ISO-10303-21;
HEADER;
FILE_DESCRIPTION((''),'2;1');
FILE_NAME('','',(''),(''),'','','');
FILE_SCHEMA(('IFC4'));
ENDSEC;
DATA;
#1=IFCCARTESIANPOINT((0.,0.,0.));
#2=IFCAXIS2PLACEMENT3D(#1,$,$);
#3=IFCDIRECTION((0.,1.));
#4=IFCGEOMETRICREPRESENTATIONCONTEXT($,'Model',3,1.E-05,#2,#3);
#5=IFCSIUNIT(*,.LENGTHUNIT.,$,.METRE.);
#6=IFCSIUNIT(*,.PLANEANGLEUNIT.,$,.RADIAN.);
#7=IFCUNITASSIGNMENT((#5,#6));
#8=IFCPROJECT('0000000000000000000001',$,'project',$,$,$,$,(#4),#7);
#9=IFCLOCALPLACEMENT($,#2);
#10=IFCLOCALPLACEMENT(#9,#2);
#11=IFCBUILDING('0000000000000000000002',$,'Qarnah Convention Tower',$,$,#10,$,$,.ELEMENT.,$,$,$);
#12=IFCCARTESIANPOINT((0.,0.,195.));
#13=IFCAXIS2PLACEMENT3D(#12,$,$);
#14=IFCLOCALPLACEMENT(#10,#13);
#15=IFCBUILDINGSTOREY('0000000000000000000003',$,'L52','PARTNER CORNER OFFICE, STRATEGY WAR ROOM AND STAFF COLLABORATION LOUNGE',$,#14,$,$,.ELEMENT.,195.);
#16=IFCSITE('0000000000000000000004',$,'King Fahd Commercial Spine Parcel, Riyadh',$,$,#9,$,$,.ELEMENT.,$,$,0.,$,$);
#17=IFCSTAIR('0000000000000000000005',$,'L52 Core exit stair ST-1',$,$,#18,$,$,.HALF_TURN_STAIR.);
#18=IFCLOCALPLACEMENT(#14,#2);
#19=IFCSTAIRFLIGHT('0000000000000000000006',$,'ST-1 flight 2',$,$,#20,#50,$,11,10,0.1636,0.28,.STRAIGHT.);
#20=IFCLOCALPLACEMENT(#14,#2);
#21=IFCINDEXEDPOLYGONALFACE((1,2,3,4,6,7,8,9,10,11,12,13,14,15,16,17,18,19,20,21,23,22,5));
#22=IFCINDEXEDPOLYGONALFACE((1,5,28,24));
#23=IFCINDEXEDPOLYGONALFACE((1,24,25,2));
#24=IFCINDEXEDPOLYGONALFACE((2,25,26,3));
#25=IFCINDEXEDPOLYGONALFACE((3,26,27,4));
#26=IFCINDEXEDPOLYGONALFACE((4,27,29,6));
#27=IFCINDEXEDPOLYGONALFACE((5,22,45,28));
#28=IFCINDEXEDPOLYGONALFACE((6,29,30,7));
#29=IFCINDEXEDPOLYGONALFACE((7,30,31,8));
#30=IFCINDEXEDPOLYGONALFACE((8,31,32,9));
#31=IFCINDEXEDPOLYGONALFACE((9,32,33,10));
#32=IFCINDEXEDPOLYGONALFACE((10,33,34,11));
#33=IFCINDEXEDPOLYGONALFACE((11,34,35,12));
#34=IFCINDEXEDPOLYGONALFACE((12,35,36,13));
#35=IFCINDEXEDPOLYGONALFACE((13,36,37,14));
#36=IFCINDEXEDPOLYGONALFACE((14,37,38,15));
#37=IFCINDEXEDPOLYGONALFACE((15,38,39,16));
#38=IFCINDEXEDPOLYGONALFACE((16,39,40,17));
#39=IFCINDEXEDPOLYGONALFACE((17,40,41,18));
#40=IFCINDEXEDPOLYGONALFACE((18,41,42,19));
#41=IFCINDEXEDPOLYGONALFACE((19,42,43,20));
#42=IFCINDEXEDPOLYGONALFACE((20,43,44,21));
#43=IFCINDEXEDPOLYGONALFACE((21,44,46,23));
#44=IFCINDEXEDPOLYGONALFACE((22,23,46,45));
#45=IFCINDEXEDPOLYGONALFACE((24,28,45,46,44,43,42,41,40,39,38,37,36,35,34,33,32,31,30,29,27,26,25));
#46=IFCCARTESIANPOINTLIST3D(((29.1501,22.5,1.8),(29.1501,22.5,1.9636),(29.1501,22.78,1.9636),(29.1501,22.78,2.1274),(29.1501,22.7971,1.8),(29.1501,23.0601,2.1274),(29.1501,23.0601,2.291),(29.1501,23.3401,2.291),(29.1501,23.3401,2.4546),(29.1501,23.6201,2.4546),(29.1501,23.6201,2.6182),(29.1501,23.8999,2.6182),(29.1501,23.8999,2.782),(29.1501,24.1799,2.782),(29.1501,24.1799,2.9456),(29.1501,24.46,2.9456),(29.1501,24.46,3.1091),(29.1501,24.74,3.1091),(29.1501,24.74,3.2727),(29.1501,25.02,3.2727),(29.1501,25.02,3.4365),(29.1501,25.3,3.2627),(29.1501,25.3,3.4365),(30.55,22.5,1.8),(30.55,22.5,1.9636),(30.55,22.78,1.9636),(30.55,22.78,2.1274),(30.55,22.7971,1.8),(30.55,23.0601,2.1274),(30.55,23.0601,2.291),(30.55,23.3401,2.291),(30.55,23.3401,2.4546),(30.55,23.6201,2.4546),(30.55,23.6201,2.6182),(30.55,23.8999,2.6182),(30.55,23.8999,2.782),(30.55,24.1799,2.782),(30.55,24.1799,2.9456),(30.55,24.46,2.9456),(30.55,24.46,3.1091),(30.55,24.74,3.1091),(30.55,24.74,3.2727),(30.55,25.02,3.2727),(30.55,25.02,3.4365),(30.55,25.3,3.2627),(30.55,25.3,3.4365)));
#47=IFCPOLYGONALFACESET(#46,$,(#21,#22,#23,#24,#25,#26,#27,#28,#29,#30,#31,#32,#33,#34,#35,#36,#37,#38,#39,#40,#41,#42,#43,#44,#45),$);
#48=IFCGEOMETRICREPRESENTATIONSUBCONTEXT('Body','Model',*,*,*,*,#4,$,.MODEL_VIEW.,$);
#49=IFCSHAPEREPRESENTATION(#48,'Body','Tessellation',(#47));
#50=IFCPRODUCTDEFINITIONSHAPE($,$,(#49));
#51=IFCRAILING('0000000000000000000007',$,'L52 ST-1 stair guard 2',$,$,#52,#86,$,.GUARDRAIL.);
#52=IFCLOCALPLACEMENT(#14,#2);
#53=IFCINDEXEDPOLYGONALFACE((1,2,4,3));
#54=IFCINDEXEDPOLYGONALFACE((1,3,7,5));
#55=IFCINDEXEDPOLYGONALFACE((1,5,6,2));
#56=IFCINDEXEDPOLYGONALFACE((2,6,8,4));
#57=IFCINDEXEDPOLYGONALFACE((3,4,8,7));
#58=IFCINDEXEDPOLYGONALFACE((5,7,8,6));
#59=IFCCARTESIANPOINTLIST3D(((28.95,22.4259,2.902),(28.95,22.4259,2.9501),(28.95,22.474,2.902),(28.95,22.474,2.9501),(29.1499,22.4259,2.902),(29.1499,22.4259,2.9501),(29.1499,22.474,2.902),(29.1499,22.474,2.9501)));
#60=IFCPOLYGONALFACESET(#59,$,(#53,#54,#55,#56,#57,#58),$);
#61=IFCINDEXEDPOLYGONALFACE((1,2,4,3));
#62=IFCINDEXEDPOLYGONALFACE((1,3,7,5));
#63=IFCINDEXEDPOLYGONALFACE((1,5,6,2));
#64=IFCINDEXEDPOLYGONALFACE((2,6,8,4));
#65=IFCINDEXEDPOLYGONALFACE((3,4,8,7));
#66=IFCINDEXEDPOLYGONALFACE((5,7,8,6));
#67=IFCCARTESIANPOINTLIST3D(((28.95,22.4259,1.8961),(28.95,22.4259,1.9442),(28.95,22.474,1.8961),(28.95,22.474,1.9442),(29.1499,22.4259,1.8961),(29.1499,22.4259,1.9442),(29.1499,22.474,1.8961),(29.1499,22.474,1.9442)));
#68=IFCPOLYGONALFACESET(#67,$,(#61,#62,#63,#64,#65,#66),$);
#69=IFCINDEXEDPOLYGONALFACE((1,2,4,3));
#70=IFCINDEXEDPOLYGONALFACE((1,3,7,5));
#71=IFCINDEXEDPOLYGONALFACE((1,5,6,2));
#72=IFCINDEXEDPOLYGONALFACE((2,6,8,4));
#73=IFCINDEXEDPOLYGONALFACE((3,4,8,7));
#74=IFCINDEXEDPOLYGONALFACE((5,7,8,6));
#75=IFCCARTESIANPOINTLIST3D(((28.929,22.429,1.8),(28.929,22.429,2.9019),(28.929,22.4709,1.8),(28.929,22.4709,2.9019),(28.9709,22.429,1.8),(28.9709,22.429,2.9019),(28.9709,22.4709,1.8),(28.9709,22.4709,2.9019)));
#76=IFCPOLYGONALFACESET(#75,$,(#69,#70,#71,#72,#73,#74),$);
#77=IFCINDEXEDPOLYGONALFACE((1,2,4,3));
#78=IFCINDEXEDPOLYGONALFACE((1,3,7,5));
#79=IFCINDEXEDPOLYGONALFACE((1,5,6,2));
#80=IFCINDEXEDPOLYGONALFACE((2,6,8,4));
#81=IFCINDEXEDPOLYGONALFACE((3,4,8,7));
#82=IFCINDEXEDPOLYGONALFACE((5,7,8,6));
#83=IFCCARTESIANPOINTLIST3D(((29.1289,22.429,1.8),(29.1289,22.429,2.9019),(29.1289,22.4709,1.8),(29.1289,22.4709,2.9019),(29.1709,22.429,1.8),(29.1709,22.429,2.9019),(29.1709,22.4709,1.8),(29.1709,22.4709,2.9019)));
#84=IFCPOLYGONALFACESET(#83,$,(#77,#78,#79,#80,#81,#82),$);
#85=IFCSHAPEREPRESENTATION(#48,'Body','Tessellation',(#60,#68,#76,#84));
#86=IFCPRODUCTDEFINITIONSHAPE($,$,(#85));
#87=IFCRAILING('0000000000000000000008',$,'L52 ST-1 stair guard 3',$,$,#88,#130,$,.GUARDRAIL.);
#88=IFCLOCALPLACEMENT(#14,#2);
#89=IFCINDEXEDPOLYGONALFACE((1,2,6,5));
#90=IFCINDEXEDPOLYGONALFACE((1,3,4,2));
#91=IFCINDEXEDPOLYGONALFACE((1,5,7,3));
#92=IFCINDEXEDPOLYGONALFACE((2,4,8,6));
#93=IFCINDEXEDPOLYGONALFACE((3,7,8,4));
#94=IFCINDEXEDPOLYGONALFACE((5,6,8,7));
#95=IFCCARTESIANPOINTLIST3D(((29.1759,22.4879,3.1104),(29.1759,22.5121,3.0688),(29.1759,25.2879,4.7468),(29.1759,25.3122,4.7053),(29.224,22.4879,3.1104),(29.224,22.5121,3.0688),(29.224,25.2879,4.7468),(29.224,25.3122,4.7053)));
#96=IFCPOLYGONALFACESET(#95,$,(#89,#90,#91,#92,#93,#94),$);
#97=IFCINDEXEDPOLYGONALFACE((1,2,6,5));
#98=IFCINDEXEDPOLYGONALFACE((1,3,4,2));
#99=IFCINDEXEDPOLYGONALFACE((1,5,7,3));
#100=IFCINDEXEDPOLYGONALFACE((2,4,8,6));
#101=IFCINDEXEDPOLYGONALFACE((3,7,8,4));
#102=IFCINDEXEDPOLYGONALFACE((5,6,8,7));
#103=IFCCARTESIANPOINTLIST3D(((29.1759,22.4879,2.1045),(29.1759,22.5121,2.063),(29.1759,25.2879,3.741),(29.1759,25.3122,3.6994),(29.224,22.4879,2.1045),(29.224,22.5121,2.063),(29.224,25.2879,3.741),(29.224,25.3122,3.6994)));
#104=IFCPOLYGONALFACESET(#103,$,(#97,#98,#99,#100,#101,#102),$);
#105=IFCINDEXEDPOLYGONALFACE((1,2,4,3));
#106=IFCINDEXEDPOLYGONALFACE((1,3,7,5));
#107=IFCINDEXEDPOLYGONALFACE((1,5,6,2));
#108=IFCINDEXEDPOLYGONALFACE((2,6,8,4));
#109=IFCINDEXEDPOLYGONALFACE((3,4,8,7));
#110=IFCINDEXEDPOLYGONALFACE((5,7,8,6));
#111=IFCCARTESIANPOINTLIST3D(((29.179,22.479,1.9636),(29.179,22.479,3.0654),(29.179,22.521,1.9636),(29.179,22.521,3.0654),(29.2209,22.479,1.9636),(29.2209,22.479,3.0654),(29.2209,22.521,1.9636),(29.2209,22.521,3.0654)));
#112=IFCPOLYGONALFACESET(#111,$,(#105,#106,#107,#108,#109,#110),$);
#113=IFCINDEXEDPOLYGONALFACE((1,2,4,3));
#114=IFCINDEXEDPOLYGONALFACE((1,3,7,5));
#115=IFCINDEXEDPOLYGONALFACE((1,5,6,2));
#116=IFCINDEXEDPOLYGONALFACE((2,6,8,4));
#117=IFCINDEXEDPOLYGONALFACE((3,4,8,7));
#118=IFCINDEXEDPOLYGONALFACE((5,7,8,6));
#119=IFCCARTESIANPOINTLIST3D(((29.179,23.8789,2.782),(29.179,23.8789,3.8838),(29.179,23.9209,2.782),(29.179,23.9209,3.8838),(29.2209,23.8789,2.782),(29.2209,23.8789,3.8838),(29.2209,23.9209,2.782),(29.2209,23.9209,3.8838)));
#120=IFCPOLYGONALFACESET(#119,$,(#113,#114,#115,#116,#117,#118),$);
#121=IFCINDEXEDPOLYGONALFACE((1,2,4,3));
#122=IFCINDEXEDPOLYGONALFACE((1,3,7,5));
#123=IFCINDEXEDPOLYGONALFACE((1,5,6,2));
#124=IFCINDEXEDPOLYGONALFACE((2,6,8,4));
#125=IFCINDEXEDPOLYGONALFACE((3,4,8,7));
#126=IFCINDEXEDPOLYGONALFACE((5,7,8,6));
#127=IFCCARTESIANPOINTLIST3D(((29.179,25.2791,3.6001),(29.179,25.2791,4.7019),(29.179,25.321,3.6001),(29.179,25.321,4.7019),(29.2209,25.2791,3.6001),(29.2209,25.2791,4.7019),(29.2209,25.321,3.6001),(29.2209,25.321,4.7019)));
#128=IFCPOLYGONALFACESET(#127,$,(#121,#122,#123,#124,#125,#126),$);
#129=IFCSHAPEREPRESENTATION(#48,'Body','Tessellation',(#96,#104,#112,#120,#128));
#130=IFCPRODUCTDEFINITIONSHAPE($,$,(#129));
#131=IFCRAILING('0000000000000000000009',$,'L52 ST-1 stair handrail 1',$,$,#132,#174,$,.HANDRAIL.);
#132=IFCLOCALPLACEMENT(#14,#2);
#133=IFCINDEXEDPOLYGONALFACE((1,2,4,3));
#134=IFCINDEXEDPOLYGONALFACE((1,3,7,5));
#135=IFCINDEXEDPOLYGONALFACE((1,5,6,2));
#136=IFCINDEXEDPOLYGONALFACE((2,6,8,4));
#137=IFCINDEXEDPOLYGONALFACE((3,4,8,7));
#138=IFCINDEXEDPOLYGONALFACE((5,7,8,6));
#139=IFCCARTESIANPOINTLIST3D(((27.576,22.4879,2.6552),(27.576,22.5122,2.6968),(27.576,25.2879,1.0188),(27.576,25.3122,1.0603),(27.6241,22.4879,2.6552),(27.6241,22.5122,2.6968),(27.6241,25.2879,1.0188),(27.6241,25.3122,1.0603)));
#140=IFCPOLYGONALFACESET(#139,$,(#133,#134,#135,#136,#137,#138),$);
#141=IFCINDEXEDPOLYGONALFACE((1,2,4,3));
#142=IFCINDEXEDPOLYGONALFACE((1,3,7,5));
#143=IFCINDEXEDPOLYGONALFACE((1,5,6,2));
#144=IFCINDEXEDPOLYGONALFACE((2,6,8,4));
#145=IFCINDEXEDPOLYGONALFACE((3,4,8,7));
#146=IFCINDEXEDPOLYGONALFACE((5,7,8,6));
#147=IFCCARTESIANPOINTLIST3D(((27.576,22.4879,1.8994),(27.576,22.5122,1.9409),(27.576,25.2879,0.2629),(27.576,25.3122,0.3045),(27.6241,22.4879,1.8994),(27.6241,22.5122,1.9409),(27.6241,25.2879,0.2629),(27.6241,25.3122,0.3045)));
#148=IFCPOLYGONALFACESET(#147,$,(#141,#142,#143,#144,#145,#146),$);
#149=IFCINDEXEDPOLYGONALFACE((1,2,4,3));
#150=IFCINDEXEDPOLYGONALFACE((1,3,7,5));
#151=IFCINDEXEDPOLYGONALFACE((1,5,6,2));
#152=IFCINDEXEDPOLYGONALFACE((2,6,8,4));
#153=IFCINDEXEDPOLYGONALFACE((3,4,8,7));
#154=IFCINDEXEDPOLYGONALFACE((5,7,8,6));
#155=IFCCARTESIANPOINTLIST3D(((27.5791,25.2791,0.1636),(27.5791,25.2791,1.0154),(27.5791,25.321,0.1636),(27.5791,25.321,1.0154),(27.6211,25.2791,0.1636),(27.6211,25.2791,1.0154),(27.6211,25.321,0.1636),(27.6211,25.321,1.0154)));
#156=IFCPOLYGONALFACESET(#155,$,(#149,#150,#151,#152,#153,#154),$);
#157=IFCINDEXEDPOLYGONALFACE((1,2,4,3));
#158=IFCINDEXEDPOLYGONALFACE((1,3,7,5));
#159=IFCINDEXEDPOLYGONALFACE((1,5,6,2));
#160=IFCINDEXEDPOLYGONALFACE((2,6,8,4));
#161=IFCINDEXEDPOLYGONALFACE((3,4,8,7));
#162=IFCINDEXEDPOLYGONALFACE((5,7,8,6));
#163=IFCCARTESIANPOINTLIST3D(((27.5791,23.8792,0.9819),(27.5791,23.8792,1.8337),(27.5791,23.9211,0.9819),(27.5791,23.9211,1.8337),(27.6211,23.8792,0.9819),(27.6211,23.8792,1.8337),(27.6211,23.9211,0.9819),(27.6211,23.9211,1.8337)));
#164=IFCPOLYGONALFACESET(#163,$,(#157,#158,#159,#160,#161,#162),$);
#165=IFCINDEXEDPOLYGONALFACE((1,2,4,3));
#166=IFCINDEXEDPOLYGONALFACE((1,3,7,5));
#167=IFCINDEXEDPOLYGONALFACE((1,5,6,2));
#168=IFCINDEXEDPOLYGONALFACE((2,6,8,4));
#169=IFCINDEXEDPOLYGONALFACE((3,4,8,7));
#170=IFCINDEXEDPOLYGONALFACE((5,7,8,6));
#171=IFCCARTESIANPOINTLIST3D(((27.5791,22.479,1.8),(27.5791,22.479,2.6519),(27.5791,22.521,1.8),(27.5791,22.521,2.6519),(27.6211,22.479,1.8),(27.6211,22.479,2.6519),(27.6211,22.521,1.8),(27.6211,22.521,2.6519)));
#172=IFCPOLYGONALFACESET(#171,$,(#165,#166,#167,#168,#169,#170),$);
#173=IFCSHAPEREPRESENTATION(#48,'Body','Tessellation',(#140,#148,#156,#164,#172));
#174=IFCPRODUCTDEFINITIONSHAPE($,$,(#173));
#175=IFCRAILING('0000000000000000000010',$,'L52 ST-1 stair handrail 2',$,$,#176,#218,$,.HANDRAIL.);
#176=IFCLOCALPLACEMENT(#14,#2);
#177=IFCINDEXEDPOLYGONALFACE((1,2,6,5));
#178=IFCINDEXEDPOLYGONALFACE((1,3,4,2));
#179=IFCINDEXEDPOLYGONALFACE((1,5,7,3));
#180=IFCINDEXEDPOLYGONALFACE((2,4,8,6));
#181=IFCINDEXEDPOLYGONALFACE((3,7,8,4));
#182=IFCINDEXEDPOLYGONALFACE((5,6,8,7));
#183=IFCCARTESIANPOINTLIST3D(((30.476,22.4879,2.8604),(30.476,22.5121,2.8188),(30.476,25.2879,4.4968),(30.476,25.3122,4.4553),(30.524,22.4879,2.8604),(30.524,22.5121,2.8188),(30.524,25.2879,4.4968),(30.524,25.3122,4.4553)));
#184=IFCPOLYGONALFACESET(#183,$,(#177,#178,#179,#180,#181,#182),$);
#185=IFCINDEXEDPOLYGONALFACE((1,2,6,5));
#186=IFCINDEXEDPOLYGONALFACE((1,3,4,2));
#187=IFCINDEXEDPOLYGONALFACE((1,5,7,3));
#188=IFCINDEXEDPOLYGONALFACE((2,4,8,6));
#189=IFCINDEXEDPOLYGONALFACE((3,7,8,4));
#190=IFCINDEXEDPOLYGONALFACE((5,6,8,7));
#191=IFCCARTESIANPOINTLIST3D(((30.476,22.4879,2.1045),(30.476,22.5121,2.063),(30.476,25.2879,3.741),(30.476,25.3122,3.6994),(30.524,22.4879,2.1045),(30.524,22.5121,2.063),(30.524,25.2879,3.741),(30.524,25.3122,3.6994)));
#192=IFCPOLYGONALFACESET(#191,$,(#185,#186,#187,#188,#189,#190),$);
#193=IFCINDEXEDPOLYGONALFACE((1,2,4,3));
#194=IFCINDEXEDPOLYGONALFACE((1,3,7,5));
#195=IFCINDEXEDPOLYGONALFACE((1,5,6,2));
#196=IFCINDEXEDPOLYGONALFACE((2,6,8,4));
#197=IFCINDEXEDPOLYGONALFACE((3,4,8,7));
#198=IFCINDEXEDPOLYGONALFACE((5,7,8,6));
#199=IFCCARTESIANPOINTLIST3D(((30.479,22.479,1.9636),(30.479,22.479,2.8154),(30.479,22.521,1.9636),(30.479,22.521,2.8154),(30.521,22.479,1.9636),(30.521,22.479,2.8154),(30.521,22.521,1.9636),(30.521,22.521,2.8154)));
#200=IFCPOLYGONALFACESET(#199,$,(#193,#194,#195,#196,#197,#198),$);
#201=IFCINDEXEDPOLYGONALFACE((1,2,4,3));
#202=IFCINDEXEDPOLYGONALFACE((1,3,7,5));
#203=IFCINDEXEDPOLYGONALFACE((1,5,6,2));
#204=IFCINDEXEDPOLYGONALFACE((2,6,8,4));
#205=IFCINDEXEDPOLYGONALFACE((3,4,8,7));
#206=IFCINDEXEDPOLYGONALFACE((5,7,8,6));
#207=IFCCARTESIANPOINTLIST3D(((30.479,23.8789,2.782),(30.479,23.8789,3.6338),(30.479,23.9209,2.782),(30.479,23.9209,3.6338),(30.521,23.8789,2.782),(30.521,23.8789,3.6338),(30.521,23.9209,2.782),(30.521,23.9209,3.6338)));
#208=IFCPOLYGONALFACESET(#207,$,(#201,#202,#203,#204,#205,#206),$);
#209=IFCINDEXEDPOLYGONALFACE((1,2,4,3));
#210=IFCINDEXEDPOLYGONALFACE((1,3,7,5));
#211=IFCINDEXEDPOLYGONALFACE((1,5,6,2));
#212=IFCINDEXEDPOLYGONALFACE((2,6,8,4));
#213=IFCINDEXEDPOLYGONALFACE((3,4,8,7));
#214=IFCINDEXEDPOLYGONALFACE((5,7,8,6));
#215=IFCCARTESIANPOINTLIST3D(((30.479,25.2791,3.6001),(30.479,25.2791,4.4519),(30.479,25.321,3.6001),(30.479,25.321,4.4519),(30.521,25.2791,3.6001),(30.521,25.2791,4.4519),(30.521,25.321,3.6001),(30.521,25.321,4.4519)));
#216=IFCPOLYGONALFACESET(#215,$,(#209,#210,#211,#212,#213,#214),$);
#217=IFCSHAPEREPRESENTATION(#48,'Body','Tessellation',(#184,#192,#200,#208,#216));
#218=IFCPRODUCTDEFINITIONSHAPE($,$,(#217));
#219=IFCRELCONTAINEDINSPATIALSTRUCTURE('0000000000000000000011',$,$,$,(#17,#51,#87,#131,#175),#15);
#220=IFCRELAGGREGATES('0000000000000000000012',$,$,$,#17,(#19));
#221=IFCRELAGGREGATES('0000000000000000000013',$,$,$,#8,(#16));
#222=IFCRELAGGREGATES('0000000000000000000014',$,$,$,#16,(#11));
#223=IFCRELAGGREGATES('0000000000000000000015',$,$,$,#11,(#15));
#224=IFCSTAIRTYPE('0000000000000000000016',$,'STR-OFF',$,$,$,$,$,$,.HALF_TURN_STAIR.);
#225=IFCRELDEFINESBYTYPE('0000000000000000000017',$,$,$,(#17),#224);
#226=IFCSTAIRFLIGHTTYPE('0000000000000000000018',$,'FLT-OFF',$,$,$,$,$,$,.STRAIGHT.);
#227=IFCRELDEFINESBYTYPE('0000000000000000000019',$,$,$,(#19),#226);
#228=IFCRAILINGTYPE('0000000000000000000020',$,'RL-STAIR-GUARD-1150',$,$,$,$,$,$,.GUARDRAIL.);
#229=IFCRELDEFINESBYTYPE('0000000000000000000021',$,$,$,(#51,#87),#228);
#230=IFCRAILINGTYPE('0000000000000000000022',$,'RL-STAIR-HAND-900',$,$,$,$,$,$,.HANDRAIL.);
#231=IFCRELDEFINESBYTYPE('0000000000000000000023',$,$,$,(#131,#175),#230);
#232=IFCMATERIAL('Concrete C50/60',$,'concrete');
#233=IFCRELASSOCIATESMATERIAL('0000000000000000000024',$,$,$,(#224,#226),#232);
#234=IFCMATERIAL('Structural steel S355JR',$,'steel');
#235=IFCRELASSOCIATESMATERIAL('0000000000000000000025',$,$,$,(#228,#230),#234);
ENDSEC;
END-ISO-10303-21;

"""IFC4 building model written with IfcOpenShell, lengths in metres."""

from ifc_helpers import new_model, si_unit, direction, frame, origin, origin_2d, place, context, subcontext, project, spatial, polyline, rectangle, outline, extrude, material, type_object, element, aggregate, save


model = new_model("IFC4")

# Units and contexts
model_context = context("Model", 3, precision=1e-05, world=origin(), true_north=direction((0.0, 1.0)))
body_context = subcontext(model_context, "Body", "Model", "MODEL_VIEW")
ifc_project = project(units=[si_unit("LENGTHUNIT", "METRE"), si_unit("PLANEANGLEUNIT", "RADIAN")], contexts=[model_context])

# Site, building, storey
site_placement = place(None, origin())
site = spatial("IfcSite", under=ifc_project, at=site_placement, Name="King Fahd Commercial Spine Parcel, Riyadh", CompositionType="ELEMENT", RefElevation=0.0)
building_placement = place(site_placement, origin())
building = spatial("IfcBuilding", under=site, at=building_placement, Name="Qarnah Convention Tower", CompositionType="ELEMENT")
storey_placement = place(building_placement, frame((0.0, 0.0, 195.0)))
storey = spatial("IfcBuildingStorey", under=building, at=storey_placement, Name="L52", Description="PARTNER CORNER OFFICE, STRATEGY WAR ROOM AND STAFF COLLABORATION LOUNGE", CompositionType="ELEMENT", Elevation=195.0)

# Shared definitions
ifc_material_1 = material(Name="Structural steel S355JR", Category="steel")

# Stair, stair flight
ifc_material_2 = material(Name="Concrete C50/60", Category="concrete")
stair_type = type_object("IfcStairType", Name="STR-OFF", PredefinedType="HALF_TURN_STAIR", material=ifc_material_2)
stair_placement = place(storey_placement, origin())
stair = element("IfcStair", 1, at=stair_placement, inside=storey, type_object=stair_type, Name="L52 Core exit stair ST-1", PredefinedType="HALF_TURN_STAIR")
stair_flight_type = type_object("IfcStairFlightType", Name="FLT-OFF", PredefinedType="STRAIGHT", material=ifc_material_2)
stair_flight_placement = place(storey_placement, frame((29.8501, 22.5, 1.8), z_axis=(0.0, 0.0, 1.0), x_axis=(0.0, 1.0, 0.0)))
stair_flight = element("IfcStairFlight", 2, at=stair_flight_placement, type_object=stair_flight_type, Name="ST-1 flight 2", NumberOfRisers=11, NumberOfTreads=10, PredefinedType="STRAIGHT", RiserHeight=0.1636, TreadLength=0.28, context=body_context, shape_type="SweptSolid", body=[
    extrude(outline(polyline([(0.0, 0.0), (0.0, 0.1636), (0.28, 0.1636), (0.28, 0.3274), (0.5601, 0.3274), (0.5601, 0.491), (0.8401, 0.491), (0.8401, 0.6545), (1.1201, 0.6545), (1.1201, 0.8181), (1.3999, 0.8181), (1.3999, 0.9819), (1.6799, 0.9819), (1.6799, 1.1455), (1.96, 1.1455), (1.96, 1.3091), (2.24, 1.3091), (2.24, 1.4727), (2.52, 1.4727), (2.52, 1.6365), (2.8, 1.6365), (2.8, 1.8), (2.8, 1.4626), (0.2971, 0.0), (0.0, 0.0)])), frame((0.0, 0.7, 0.0), z_axis=(0.0, -1.0, 0.0), x_axis=(1.0, 0.0, 0.0)), (0.0, 0.0, 1.0), 1.3999),
])
aggregate(stair, [stair_flight])

# Railings
railing_type_1 = type_object("IfcRailingType", Name="RL-STAIR-GUARD-1150", PredefinedType="GUARDRAIL", material=ifc_material_1)
railing_1_placement = place(storey_placement, frame((28.95, 22.45, 1.8)))
element("IfcRailing", 3, at=railing_1_placement, inside=storey, type_object=railing_type_1, Name="L52 ST-1 stair guard 2", PredefinedType="GUARDRAIL", context=body_context, shape_type="SweptSolid", body=[
    extrude(rectangle(XDim=0.0481, YDim=0.0481, at=origin_2d()), frame((0.0, 0.0, 1.126), z_axis=(1.0, 0.0, 0.0), x_axis=(0.0, 1.0, 0.0)), (0.0, 0.0, 1.0), 0.2),
    extrude(rectangle(XDim=0.0481, YDim=0.0481, at=origin_2d()), frame((0.0, 0.0, 0.1201), z_axis=(1.0, 0.0, 0.0), x_axis=(0.0, 1.0, 0.0)), (0.0, 0.0, 1.0), 0.2),
    extrude(rectangle(XDim=0.042, YDim=0.042, at=origin_2d()), origin(), (0.0, 0.0, 1.0), 1.1018),
    extrude(rectangle(XDim=0.042, YDim=0.042, at=origin_2d()), frame((0.2, 0.0, 0.0)), (0.0, 0.0, 1.0), 1.1018),
])
railing_2_placement = place(storey_placement, frame((29.2, 22.5, 1.9636)))
element("IfcRailing", 4, at=railing_2_placement, inside=storey, type_object=railing_type_1, Name="L52 ST-1 stair guard 3", PredefinedType="GUARDRAIL", context=body_context, shape_type="SweptSolid", body=[
    extrude(rectangle(XDim=0.0481, YDim=0.0481, at=origin_2d()), frame((0.0, 0.0, 1.126), z_axis=(0.0, 0.863361, 0.504587), x_axis=(-1.0, 0.0, 0.0)), (0.0, 0.0, 1.0), 3.2432),
    extrude(rectangle(XDim=0.0481, YDim=0.0481, at=origin_2d()), frame((0.0, 0.0, 0.1201), z_axis=(0.0, 0.863361, 0.504587), x_axis=(-1.0, 0.0, 0.0)), (0.0, 0.0, 1.0), 3.2432),
    extrude(rectangle(XDim=0.042, YDim=0.042, at=origin_2d()), origin(), (0.0, 0.0, 1.0), 1.1018),
    extrude(rectangle(XDim=0.042, YDim=0.042, at=origin_2d()), frame((0.0, 1.3999, 0.8184)), (0.0, 0.0, 1.0), 1.1018),
    extrude(rectangle(XDim=0.042, YDim=0.042, at=origin_2d()), frame((0.0, 2.8, 1.6365)), (0.0, 0.0, 1.0), 1.1018),
])
railing_type_2 = type_object("IfcRailingType", Name="RL-STAIR-HAND-900", PredefinedType="HANDRAIL", material=ifc_material_1)
railing_3_placement = place(storey_placement, frame((27.6001, 25.3, 0.1636)))
element("IfcRailing", 5, at=railing_3_placement, inside=storey, type_object=railing_type_2, Name="L52 ST-1 stair handrail 1", PredefinedType="HANDRAIL", context=body_context, shape_type="SweptSolid", body=[
    extrude(rectangle(XDim=0.0481, YDim=0.0481, at=origin_2d()), frame((0.0, 0.0, 0.876), z_axis=(0.0, -0.863361, 0.504587), x_axis=(1.0, 0.0, 0.0)), (0.0, 0.0, 1.0), 3.2432),
    extrude(rectangle(XDim=0.0481, YDim=0.0481, at=origin_2d()), frame((0.0, 0.0, 0.1201), z_axis=(0.0, -0.863361, 0.504587), x_axis=(1.0, 0.0, 0.0)), (0.0, 0.0, 1.0), 3.2432),
    extrude(rectangle(XDim=0.042, YDim=0.042, at=origin_2d()), origin(), (0.0, 0.0, 1.0), 0.8518),
    extrude(rectangle(XDim=0.042, YDim=0.042, at=origin_2d()), frame((0.0, -1.3999, 0.8184)), (0.0, 0.0, 1.0), 0.8518),
    extrude(rectangle(XDim=0.042, YDim=0.042, at=origin_2d()), frame((0.0, -2.8, 1.6365)), (0.0, 0.0, 1.0), 0.8518),
])
railing_4_placement = place(storey_placement, frame((30.5, 22.5, 1.9636)))
element("IfcRailing", 6, at=railing_4_placement, inside=storey, type_object=railing_type_2, Name="L52 ST-1 stair handrail 2", PredefinedType="HANDRAIL", context=body_context, shape_type="SweptSolid", body=[
    extrude(rectangle(XDim=0.0481, YDim=0.0481, at=origin_2d()), frame((0.0, 0.0, 0.876), z_axis=(0.0, 0.863361, 0.504587), x_axis=(-1.0, 0.0, 0.0)), (0.0, 0.0, 1.0), 3.2432),
    extrude(rectangle(XDim=0.0481, YDim=0.0481, at=origin_2d()), frame((0.0, 0.0, 0.1201), z_axis=(0.0, 0.863361, 0.504587), x_axis=(-1.0, 0.0, 0.0)), (0.0, 0.0, 1.0), 3.2432),
    extrude(rectangle(XDim=0.042, YDim=0.042, at=origin_2d()), origin(), (0.0, 0.0, 1.0), 0.8518),
    extrude(rectangle(XDim=0.042, YDim=0.042, at=origin_2d()), frame((0.0, 1.3999, 0.8184)), (0.0, 0.0, 1.0), 0.8518),
    extrude(rectangle(XDim=0.042, YDim=0.042, at=origin_2d()), frame((0.0, 2.8, 1.6365)), (0.0, 0.0, 1.0), 0.8518),
])

save(model, "model.ifc")
